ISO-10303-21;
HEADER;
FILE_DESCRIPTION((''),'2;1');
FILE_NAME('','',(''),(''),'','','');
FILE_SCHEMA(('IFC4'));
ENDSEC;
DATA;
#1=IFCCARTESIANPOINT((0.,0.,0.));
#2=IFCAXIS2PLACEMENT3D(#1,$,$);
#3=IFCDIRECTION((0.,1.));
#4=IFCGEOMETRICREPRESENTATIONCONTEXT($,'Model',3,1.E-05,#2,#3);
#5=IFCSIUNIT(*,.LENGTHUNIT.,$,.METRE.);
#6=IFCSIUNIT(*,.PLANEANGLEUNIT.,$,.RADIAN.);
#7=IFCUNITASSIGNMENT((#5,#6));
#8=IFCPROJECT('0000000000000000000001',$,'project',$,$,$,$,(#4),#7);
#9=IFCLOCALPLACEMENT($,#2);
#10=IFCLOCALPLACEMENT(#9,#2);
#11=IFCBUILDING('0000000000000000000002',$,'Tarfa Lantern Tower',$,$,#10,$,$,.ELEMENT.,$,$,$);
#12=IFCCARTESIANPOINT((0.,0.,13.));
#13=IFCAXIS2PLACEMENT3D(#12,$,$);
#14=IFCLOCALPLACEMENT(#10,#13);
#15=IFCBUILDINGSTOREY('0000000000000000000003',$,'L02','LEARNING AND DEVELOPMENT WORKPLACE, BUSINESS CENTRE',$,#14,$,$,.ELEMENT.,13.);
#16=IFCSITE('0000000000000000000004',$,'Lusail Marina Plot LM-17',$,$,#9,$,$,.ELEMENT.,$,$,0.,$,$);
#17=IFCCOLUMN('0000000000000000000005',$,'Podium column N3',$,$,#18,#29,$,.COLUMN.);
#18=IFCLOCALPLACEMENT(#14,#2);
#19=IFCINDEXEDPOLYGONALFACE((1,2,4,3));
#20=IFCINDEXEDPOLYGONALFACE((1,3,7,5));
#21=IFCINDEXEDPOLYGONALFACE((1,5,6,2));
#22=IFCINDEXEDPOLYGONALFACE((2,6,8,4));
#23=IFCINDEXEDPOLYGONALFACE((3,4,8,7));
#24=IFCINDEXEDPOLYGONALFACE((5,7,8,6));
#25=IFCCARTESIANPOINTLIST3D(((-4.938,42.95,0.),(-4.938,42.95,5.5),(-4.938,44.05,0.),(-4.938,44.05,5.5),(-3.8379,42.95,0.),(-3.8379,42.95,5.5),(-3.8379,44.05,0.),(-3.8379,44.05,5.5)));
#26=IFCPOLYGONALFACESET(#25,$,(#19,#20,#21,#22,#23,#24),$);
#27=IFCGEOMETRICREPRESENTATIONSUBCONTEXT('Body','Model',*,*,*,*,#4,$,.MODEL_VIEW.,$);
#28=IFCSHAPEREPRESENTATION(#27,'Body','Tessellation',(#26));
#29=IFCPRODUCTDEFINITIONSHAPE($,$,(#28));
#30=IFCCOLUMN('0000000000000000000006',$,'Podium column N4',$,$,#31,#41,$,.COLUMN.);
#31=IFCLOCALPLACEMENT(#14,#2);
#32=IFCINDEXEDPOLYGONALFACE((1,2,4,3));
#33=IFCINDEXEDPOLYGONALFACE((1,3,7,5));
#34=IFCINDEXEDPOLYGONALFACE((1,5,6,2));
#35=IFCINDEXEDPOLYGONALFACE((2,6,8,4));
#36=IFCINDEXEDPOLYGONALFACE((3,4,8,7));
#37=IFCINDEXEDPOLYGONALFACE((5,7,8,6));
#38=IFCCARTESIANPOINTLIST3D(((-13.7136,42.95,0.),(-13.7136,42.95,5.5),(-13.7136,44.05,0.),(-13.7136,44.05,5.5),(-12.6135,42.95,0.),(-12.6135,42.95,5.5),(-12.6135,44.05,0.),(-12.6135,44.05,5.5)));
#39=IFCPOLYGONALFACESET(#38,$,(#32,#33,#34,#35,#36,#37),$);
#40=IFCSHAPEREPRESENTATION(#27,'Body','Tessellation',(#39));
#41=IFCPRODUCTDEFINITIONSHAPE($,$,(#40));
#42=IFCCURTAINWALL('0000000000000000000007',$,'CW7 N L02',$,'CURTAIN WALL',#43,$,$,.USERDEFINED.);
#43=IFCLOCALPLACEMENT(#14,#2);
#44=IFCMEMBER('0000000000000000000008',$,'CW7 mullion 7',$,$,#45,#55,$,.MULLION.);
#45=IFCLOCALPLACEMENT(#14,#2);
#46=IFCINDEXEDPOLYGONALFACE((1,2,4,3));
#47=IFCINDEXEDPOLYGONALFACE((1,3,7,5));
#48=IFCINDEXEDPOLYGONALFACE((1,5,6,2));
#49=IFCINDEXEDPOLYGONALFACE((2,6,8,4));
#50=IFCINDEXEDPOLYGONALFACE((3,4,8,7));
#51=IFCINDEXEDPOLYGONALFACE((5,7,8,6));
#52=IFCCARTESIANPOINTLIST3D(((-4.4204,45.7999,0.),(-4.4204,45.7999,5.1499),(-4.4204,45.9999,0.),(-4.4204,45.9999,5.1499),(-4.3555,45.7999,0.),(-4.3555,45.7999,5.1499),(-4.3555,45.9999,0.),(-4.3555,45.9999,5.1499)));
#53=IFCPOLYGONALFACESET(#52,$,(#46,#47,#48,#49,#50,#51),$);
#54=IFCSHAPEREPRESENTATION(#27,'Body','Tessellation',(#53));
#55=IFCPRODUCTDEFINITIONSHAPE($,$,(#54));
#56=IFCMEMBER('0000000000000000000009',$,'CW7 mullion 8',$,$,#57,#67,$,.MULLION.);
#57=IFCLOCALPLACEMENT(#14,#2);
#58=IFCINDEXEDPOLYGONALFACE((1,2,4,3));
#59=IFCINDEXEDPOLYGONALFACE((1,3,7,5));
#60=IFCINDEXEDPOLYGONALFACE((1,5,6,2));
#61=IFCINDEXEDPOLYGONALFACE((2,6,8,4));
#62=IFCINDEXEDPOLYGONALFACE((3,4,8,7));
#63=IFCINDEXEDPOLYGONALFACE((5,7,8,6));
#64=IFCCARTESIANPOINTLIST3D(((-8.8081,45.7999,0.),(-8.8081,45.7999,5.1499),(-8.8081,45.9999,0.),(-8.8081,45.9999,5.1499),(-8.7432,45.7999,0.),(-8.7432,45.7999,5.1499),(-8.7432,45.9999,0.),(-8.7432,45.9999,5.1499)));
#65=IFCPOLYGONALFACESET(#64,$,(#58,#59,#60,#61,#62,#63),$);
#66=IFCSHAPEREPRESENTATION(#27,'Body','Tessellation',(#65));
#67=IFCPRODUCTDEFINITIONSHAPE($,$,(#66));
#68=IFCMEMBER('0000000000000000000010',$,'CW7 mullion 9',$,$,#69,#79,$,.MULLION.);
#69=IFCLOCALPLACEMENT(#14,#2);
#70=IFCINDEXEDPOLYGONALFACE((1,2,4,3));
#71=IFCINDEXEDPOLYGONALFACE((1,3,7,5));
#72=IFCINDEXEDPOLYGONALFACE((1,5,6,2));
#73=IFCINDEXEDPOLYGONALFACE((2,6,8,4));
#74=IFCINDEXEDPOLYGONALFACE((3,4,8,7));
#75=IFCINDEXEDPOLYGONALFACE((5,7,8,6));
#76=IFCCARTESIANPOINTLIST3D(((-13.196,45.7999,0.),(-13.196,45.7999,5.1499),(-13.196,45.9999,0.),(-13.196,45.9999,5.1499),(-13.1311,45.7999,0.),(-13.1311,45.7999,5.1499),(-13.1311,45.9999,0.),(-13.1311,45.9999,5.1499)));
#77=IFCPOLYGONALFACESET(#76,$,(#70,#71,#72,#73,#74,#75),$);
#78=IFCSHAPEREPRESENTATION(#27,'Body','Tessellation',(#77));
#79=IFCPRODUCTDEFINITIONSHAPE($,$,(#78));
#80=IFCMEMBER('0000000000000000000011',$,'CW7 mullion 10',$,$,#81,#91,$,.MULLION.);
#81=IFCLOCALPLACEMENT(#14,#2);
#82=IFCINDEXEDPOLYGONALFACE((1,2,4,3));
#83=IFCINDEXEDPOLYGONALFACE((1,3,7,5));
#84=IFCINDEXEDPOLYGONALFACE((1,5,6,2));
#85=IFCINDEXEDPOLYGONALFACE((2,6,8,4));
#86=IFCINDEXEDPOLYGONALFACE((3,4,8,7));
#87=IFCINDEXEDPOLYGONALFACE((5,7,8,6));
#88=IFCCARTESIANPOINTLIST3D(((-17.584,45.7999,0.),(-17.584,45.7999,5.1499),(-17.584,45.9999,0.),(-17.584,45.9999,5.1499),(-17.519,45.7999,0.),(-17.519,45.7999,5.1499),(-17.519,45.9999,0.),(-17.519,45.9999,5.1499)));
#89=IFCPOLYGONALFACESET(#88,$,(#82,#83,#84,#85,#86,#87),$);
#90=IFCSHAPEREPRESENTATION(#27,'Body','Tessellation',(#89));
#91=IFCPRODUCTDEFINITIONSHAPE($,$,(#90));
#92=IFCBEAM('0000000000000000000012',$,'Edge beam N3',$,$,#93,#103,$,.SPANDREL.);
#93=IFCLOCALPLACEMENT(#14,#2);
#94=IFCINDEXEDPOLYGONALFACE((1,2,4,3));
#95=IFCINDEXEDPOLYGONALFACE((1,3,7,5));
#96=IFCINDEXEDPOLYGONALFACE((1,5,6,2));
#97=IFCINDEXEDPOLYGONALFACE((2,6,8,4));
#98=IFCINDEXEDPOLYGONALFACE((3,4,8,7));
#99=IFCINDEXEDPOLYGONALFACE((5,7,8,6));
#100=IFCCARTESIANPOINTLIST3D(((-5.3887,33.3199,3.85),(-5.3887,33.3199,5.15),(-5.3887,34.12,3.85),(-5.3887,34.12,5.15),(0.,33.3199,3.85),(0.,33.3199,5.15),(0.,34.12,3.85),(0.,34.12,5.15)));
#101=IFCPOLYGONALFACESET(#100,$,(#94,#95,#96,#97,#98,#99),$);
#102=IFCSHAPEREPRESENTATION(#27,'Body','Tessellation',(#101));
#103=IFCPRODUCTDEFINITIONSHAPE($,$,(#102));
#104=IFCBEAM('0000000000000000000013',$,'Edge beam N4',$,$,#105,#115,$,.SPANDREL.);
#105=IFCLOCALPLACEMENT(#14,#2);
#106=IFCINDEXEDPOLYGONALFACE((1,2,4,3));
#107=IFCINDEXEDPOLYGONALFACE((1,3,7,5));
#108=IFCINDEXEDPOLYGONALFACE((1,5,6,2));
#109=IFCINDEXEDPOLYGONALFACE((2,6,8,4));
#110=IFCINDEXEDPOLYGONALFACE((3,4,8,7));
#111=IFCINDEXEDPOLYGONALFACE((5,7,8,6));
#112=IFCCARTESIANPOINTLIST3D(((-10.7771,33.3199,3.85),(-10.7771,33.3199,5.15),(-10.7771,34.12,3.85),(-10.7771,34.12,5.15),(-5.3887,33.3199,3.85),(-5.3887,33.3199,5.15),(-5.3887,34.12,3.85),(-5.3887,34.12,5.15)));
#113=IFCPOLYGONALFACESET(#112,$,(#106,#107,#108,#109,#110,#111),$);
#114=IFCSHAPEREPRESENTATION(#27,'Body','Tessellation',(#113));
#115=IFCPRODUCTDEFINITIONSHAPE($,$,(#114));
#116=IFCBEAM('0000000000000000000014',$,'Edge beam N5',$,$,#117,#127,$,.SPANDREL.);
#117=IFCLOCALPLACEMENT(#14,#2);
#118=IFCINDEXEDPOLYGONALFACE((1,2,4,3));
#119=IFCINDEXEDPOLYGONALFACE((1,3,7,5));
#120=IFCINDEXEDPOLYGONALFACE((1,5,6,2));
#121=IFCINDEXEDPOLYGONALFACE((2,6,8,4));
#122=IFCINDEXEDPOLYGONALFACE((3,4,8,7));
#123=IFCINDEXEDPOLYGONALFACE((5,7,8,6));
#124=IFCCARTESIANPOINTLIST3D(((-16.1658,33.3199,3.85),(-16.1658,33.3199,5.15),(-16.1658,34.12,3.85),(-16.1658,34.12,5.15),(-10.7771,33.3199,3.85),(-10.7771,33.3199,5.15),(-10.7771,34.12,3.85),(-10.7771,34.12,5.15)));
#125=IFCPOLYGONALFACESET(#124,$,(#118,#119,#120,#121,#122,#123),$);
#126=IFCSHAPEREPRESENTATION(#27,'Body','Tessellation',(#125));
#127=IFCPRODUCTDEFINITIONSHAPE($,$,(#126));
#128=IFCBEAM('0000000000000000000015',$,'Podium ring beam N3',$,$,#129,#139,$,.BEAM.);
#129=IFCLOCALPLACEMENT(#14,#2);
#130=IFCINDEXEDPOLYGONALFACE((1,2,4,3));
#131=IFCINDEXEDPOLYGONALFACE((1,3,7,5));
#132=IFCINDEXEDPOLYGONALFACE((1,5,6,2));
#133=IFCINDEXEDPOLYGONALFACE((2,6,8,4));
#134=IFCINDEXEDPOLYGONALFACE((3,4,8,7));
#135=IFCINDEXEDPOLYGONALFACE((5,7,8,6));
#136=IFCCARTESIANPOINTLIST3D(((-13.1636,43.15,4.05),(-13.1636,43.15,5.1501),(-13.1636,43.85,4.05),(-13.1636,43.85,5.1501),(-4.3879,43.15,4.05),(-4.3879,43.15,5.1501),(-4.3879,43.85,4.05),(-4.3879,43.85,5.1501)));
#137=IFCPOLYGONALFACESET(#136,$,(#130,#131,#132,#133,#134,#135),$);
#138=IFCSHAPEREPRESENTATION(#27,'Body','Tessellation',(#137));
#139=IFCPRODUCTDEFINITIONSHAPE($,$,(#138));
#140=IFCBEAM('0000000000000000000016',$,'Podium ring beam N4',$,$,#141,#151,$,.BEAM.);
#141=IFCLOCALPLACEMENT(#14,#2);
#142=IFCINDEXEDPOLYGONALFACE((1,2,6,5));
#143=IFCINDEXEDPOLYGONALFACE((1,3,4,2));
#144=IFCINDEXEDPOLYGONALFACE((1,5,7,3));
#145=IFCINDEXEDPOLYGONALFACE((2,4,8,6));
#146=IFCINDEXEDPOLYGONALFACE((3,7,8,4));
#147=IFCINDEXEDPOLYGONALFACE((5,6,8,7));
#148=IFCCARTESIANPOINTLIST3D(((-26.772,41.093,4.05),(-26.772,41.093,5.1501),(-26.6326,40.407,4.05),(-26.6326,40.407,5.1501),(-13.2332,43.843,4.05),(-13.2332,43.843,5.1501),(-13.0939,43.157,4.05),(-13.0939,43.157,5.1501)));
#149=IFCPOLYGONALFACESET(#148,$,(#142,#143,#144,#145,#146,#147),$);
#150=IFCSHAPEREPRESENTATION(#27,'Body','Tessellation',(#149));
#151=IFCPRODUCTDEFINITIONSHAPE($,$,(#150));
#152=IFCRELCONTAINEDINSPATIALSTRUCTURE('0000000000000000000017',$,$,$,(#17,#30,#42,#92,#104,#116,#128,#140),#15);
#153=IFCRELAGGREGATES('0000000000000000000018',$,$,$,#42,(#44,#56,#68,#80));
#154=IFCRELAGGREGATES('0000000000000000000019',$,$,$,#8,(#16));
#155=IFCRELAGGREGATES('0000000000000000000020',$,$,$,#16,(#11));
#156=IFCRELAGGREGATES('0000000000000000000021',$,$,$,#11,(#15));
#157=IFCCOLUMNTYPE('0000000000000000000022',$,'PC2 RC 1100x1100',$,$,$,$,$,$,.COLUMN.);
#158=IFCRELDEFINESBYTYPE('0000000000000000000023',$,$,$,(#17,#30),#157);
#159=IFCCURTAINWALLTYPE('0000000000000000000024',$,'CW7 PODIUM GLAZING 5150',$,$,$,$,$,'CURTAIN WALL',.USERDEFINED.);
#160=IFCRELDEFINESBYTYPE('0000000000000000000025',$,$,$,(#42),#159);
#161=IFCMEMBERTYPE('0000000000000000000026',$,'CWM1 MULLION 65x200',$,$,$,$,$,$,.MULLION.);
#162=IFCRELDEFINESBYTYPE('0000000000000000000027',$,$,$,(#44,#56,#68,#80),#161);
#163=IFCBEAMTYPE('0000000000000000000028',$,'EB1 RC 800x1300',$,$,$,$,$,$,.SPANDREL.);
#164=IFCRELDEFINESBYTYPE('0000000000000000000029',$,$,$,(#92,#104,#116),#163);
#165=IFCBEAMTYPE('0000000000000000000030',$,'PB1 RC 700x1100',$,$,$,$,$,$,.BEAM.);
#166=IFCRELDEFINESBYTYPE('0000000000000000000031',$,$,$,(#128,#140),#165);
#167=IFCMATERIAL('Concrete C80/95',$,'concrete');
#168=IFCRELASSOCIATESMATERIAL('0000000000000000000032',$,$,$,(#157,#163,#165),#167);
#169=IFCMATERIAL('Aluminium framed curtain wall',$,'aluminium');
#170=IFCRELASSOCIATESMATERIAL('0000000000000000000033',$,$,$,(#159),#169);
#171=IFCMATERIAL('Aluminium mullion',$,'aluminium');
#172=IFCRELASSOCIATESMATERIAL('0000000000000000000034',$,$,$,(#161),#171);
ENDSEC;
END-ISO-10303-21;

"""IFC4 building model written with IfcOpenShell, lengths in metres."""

from ifc_helpers import new_model, si_unit, direction, frame, origin, origin_2d, place, context, subcontext, project, spatial, rectangle, extrude, material, material_profile, profile_set, type_object, element, aggregate, save


model = new_model("IFC4")

# Units and contexts
model_context = context("Model", 3, precision=1e-05, world=origin(), true_north=direction((0.0, 1.0)))
body_context = subcontext(model_context, "Body", "Model", "MODEL_VIEW")
ifc_project = project(units=[si_unit("LENGTHUNIT", "METRE"), si_unit("PLANEANGLEUNIT", "RADIAN")], contexts=[model_context])

# Site, building, storey
site_placement = place(None, origin())
site = spatial("IfcSite", under=ifc_project, at=site_placement, Name="Lusail Marina Plot LM-17", CompositionType="ELEMENT", RefElevation=0.0)
building_placement = place(site_placement, origin())
building = spatial("IfcBuilding", under=site, at=building_placement, Name="Tarfa Lantern Tower", CompositionType="ELEMENT")
storey_placement = place(building_placement, frame((0.0, 0.0, 13.0)))
storey = spatial("IfcBuildingStorey", under=building, at=storey_placement, Name="L02", Description="LEARNING AND DEVELOPMENT WORKPLACE, BUSINESS CENTRE", CompositionType="ELEMENT", Elevation=13.0)

# Columns
ifc_material_1 = material(Name="Concrete C80/95", Category="concrete")
ifc_material_profile_1 = material_profile(ifc_material_1, rectangle(XDim=1.1001, YDim=1.1001, at=origin_2d()), Name="RC 1100x1100")
ifc_profile_set_1 = profile_set([ifc_material_profile_1], Name="Concrete C80/95")
column_type = type_object("IfcColumnType", Name="PC2 RC 1100x1100", PredefinedType="COLUMN", material=ifc_profile_set_1)
for number, where, z_axis, x_axis, name in (
    (1, (-4.3879, 43.5, 0.0), (0.0, 0.0, 1.0), (-1.0, 0.0, 0.0), "Podium column N3"),
    (2, (-13.1636, 43.5, 0.0), (0.0, 0.0, 1.0), (-1.0, 0.0, 0.0), "Podium column N4"),
):
    element("IfcColumn", number, at=place(storey_placement, frame(where, z_axis=z_axis, x_axis=x_axis)), inside=storey, type_object=column_type, Name=name, PredefinedType="COLUMN", context=body_context, shape_type="SweptSolid", body=[
        extrude(rectangle(XDim=1.1001, YDim=1.1001, at=origin_2d()), origin(), (0.0, 0.0, 1.0), 5.5),
    ])

# Curtain wall, members
ifc_material_2 = material(Name="Aluminium framed curtain wall", Category="aluminium")
curtain_wall_type = type_object("IfcCurtainWallType", Name="CW7 PODIUM GLAZING 5150", ElementType="CURTAIN WALL", PredefinedType="USERDEFINED", material=ifc_material_2)
curtain_wall_placement = place(storey_placement, origin())
curtain_wall = element("IfcCurtainWall", 3, at=curtain_wall_placement, inside=storey, type_object=curtain_wall_type, Name="CW7 N L02", ObjectType="CURTAIN WALL", PredefinedType="USERDEFINED")
ifc_material_3 = material(Name="Aluminium mullion", Category="aluminium")
ifc_material_profile_2 = material_profile(ifc_material_3, rectangle(XDim=0.0649, YDim=0.2, at=origin_2d()), Name="AL MULLION 65x200")
ifc_profile_set_2 = profile_set([ifc_material_profile_2], Name="Aluminium mullion")
member_type = type_object("IfcMemberType", Name="CWM1 MULLION 65x200", PredefinedType="MULLION", material=ifc_profile_set_2)
member_1_placement = place(storey_placement, frame((-4.3879, 45.8999, 0.0), z_axis=(0.0, 0.0, 1.0), x_axis=(1.0, 0.0, 0.0)))
member_1 = element("IfcMember", 4, at=member_1_placement, type_object=member_type, Name="CW7 mullion 7", PredefinedType="MULLION", context=body_context, shape_type="SweptSolid", body=[
    extrude(rectangle(XDim=0.0649, YDim=0.2, at=origin_2d()), origin(), (0.0, 0.0, 1.0), 5.1499),
])
member_2_placement = place(storey_placement, frame((-8.7756, 45.8999, 0.0), z_axis=(0.0, 0.0, 1.0), x_axis=(1.0, 0.0, 0.0)))
member_2 = element("IfcMember", 5, at=member_2_placement, type_object=member_type, Name="CW7 mullion 8", PredefinedType="MULLION", context=body_context, shape_type="SweptSolid", body=[
    extrude(rectangle(XDim=0.0649, YDim=0.2, at=origin_2d()), origin(), (0.0, 0.0, 1.0), 5.1499),
])
member_3_placement = place(storey_placement, frame((-13.1636, 45.8999, 0.0), z_axis=(0.0, 0.0, 1.0), x_axis=(1.0, 0.0, 0.0)))
member_3 = element("IfcMember", 6, at=member_3_placement, type_object=member_type, Name="CW7 mullion 9", PredefinedType="MULLION", context=body_context, shape_type="SweptSolid", body=[
    extrude(rectangle(XDim=0.0649, YDim=0.2, at=origin_2d()), origin(), (0.0, 0.0, 1.0), 5.1499),
])
member_4_placement = place(storey_placement, frame((-17.5515, 45.8999, 0.0), z_axis=(0.0, 0.0, 1.0), x_axis=(1.0, 0.0, 0.0)))
member_4 = element("IfcMember", 7, at=member_4_placement, type_object=member_type, Name="CW7 mullion 10", PredefinedType="MULLION", context=body_context, shape_type="SweptSolid", body=[
    extrude(rectangle(XDim=0.0649, YDim=0.2, at=origin_2d()), origin(), (0.0, 0.0, 1.0), 5.1499),
])

# Beams
ifc_material_profile_3 = material_profile(ifc_material_1, rectangle(XDim=0.8, YDim=1.3, at=origin_2d()), Name="RC 800x1300")
ifc_profile_set_3 = profile_set([ifc_material_profile_3], Name="Concrete C80/95")
beam_type_1 = type_object("IfcBeamType", Name="EB1 RC 800x1300", PredefinedType="SPANDREL", material=ifc_profile_set_3)
beam_1_placement = place(storey_placement, frame((0.0, 33.72, 4.5), z_axis=(-1.0, 0.0, 0.0), x_axis=(0.0, -1.0, 0.0)))
element("IfcBeam", 8, at=beam_1_placement, inside=storey, type_object=beam_type_1, Name="Edge beam N3", PredefinedType="SPANDREL", context=body_context, shape_type="SweptSolid", body=[
    extrude(rectangle(XDim=0.8, YDim=1.3, at=origin_2d()), origin(), (0.0, 0.0, 1.0), 5.3887),
])
beam_2_placement = place(storey_placement, frame((-5.3887, 33.72, 4.5), z_axis=(-1.0, 0.0, 0.0), x_axis=(0.0, -1.0, 0.0)))
element("IfcBeam", 9, at=beam_2_placement, inside=storey, type_object=beam_type_1, Name="Edge beam N4", PredefinedType="SPANDREL", context=body_context, shape_type="SweptSolid", body=[
    extrude(rectangle(XDim=0.8, YDim=1.3, at=origin_2d()), origin(), (0.0, 0.0, 1.0), 5.3884),
])
beam_3_placement = place(storey_placement, frame((-10.7771, 33.72, 4.5), z_axis=(-1.0, 0.0, 0.0), x_axis=(0.0, -1.0, 0.0)))
element("IfcBeam", 10, at=beam_3_placement, inside=storey, type_object=beam_type_1, Name="Edge beam N5", PredefinedType="SPANDREL", context=body_context, shape_type="SweptSolid", body=[
    extrude(rectangle(XDim=0.8, YDim=1.3, at=origin_2d()), origin(), (0.0, 0.0, 1.0), 5.3887),
])
ifc_material_profile_4 = material_profile(ifc_material_1, rectangle(XDim=0.7, YDim=1.1001, at=origin_2d()), Name="RC 700x1100")
ifc_profile_set_4 = profile_set([ifc_material_profile_4], Name="Concrete C80/95")
beam_type_2 = type_object("IfcBeamType", Name="PB1 RC 700x1100", PredefinedType="BEAM", material=ifc_profile_set_4)
beam_4_placement = place(storey_placement, frame((-4.3879, 43.5, 4.6001), z_axis=(-1.0, 0.0, 0.0), x_axis=(0.0, -1.0, 0.0)))
element("IfcBeam", 11, at=beam_4_placement, inside=storey, type_object=beam_type_2, Name="Podium ring beam N3", PredefinedType="BEAM", context=body_context, shape_type="SweptSolid", body=[
    extrude(rectangle(XDim=0.7, YDim=1.1001, at=origin_2d()), origin(), (0.0, 0.0, 1.0), 8.7756),
])
beam_5_placement = place(storey_placement, frame((-13.1636, 43.5, 4.6001), z_axis=(-0.979988, -0.199055, 0.0), x_axis=(0.199055, -0.979988, 0.0)))
element("IfcBeam", 12, at=beam_5_placement, inside=storey, type_object=beam_type_2, Name="Podium ring beam N4", PredefinedType="BEAM", context=body_context, shape_type="SweptSolid", body=[
    extrude(rectangle(XDim=0.7, YDim=1.1001, at=origin_2d()), origin(), (0.0, 0.0, 1.0), 13.8152),
])

aggregate(curtain_wall, [member_1, member_2, member_3, member_4])

save(model, "model.ifc")
